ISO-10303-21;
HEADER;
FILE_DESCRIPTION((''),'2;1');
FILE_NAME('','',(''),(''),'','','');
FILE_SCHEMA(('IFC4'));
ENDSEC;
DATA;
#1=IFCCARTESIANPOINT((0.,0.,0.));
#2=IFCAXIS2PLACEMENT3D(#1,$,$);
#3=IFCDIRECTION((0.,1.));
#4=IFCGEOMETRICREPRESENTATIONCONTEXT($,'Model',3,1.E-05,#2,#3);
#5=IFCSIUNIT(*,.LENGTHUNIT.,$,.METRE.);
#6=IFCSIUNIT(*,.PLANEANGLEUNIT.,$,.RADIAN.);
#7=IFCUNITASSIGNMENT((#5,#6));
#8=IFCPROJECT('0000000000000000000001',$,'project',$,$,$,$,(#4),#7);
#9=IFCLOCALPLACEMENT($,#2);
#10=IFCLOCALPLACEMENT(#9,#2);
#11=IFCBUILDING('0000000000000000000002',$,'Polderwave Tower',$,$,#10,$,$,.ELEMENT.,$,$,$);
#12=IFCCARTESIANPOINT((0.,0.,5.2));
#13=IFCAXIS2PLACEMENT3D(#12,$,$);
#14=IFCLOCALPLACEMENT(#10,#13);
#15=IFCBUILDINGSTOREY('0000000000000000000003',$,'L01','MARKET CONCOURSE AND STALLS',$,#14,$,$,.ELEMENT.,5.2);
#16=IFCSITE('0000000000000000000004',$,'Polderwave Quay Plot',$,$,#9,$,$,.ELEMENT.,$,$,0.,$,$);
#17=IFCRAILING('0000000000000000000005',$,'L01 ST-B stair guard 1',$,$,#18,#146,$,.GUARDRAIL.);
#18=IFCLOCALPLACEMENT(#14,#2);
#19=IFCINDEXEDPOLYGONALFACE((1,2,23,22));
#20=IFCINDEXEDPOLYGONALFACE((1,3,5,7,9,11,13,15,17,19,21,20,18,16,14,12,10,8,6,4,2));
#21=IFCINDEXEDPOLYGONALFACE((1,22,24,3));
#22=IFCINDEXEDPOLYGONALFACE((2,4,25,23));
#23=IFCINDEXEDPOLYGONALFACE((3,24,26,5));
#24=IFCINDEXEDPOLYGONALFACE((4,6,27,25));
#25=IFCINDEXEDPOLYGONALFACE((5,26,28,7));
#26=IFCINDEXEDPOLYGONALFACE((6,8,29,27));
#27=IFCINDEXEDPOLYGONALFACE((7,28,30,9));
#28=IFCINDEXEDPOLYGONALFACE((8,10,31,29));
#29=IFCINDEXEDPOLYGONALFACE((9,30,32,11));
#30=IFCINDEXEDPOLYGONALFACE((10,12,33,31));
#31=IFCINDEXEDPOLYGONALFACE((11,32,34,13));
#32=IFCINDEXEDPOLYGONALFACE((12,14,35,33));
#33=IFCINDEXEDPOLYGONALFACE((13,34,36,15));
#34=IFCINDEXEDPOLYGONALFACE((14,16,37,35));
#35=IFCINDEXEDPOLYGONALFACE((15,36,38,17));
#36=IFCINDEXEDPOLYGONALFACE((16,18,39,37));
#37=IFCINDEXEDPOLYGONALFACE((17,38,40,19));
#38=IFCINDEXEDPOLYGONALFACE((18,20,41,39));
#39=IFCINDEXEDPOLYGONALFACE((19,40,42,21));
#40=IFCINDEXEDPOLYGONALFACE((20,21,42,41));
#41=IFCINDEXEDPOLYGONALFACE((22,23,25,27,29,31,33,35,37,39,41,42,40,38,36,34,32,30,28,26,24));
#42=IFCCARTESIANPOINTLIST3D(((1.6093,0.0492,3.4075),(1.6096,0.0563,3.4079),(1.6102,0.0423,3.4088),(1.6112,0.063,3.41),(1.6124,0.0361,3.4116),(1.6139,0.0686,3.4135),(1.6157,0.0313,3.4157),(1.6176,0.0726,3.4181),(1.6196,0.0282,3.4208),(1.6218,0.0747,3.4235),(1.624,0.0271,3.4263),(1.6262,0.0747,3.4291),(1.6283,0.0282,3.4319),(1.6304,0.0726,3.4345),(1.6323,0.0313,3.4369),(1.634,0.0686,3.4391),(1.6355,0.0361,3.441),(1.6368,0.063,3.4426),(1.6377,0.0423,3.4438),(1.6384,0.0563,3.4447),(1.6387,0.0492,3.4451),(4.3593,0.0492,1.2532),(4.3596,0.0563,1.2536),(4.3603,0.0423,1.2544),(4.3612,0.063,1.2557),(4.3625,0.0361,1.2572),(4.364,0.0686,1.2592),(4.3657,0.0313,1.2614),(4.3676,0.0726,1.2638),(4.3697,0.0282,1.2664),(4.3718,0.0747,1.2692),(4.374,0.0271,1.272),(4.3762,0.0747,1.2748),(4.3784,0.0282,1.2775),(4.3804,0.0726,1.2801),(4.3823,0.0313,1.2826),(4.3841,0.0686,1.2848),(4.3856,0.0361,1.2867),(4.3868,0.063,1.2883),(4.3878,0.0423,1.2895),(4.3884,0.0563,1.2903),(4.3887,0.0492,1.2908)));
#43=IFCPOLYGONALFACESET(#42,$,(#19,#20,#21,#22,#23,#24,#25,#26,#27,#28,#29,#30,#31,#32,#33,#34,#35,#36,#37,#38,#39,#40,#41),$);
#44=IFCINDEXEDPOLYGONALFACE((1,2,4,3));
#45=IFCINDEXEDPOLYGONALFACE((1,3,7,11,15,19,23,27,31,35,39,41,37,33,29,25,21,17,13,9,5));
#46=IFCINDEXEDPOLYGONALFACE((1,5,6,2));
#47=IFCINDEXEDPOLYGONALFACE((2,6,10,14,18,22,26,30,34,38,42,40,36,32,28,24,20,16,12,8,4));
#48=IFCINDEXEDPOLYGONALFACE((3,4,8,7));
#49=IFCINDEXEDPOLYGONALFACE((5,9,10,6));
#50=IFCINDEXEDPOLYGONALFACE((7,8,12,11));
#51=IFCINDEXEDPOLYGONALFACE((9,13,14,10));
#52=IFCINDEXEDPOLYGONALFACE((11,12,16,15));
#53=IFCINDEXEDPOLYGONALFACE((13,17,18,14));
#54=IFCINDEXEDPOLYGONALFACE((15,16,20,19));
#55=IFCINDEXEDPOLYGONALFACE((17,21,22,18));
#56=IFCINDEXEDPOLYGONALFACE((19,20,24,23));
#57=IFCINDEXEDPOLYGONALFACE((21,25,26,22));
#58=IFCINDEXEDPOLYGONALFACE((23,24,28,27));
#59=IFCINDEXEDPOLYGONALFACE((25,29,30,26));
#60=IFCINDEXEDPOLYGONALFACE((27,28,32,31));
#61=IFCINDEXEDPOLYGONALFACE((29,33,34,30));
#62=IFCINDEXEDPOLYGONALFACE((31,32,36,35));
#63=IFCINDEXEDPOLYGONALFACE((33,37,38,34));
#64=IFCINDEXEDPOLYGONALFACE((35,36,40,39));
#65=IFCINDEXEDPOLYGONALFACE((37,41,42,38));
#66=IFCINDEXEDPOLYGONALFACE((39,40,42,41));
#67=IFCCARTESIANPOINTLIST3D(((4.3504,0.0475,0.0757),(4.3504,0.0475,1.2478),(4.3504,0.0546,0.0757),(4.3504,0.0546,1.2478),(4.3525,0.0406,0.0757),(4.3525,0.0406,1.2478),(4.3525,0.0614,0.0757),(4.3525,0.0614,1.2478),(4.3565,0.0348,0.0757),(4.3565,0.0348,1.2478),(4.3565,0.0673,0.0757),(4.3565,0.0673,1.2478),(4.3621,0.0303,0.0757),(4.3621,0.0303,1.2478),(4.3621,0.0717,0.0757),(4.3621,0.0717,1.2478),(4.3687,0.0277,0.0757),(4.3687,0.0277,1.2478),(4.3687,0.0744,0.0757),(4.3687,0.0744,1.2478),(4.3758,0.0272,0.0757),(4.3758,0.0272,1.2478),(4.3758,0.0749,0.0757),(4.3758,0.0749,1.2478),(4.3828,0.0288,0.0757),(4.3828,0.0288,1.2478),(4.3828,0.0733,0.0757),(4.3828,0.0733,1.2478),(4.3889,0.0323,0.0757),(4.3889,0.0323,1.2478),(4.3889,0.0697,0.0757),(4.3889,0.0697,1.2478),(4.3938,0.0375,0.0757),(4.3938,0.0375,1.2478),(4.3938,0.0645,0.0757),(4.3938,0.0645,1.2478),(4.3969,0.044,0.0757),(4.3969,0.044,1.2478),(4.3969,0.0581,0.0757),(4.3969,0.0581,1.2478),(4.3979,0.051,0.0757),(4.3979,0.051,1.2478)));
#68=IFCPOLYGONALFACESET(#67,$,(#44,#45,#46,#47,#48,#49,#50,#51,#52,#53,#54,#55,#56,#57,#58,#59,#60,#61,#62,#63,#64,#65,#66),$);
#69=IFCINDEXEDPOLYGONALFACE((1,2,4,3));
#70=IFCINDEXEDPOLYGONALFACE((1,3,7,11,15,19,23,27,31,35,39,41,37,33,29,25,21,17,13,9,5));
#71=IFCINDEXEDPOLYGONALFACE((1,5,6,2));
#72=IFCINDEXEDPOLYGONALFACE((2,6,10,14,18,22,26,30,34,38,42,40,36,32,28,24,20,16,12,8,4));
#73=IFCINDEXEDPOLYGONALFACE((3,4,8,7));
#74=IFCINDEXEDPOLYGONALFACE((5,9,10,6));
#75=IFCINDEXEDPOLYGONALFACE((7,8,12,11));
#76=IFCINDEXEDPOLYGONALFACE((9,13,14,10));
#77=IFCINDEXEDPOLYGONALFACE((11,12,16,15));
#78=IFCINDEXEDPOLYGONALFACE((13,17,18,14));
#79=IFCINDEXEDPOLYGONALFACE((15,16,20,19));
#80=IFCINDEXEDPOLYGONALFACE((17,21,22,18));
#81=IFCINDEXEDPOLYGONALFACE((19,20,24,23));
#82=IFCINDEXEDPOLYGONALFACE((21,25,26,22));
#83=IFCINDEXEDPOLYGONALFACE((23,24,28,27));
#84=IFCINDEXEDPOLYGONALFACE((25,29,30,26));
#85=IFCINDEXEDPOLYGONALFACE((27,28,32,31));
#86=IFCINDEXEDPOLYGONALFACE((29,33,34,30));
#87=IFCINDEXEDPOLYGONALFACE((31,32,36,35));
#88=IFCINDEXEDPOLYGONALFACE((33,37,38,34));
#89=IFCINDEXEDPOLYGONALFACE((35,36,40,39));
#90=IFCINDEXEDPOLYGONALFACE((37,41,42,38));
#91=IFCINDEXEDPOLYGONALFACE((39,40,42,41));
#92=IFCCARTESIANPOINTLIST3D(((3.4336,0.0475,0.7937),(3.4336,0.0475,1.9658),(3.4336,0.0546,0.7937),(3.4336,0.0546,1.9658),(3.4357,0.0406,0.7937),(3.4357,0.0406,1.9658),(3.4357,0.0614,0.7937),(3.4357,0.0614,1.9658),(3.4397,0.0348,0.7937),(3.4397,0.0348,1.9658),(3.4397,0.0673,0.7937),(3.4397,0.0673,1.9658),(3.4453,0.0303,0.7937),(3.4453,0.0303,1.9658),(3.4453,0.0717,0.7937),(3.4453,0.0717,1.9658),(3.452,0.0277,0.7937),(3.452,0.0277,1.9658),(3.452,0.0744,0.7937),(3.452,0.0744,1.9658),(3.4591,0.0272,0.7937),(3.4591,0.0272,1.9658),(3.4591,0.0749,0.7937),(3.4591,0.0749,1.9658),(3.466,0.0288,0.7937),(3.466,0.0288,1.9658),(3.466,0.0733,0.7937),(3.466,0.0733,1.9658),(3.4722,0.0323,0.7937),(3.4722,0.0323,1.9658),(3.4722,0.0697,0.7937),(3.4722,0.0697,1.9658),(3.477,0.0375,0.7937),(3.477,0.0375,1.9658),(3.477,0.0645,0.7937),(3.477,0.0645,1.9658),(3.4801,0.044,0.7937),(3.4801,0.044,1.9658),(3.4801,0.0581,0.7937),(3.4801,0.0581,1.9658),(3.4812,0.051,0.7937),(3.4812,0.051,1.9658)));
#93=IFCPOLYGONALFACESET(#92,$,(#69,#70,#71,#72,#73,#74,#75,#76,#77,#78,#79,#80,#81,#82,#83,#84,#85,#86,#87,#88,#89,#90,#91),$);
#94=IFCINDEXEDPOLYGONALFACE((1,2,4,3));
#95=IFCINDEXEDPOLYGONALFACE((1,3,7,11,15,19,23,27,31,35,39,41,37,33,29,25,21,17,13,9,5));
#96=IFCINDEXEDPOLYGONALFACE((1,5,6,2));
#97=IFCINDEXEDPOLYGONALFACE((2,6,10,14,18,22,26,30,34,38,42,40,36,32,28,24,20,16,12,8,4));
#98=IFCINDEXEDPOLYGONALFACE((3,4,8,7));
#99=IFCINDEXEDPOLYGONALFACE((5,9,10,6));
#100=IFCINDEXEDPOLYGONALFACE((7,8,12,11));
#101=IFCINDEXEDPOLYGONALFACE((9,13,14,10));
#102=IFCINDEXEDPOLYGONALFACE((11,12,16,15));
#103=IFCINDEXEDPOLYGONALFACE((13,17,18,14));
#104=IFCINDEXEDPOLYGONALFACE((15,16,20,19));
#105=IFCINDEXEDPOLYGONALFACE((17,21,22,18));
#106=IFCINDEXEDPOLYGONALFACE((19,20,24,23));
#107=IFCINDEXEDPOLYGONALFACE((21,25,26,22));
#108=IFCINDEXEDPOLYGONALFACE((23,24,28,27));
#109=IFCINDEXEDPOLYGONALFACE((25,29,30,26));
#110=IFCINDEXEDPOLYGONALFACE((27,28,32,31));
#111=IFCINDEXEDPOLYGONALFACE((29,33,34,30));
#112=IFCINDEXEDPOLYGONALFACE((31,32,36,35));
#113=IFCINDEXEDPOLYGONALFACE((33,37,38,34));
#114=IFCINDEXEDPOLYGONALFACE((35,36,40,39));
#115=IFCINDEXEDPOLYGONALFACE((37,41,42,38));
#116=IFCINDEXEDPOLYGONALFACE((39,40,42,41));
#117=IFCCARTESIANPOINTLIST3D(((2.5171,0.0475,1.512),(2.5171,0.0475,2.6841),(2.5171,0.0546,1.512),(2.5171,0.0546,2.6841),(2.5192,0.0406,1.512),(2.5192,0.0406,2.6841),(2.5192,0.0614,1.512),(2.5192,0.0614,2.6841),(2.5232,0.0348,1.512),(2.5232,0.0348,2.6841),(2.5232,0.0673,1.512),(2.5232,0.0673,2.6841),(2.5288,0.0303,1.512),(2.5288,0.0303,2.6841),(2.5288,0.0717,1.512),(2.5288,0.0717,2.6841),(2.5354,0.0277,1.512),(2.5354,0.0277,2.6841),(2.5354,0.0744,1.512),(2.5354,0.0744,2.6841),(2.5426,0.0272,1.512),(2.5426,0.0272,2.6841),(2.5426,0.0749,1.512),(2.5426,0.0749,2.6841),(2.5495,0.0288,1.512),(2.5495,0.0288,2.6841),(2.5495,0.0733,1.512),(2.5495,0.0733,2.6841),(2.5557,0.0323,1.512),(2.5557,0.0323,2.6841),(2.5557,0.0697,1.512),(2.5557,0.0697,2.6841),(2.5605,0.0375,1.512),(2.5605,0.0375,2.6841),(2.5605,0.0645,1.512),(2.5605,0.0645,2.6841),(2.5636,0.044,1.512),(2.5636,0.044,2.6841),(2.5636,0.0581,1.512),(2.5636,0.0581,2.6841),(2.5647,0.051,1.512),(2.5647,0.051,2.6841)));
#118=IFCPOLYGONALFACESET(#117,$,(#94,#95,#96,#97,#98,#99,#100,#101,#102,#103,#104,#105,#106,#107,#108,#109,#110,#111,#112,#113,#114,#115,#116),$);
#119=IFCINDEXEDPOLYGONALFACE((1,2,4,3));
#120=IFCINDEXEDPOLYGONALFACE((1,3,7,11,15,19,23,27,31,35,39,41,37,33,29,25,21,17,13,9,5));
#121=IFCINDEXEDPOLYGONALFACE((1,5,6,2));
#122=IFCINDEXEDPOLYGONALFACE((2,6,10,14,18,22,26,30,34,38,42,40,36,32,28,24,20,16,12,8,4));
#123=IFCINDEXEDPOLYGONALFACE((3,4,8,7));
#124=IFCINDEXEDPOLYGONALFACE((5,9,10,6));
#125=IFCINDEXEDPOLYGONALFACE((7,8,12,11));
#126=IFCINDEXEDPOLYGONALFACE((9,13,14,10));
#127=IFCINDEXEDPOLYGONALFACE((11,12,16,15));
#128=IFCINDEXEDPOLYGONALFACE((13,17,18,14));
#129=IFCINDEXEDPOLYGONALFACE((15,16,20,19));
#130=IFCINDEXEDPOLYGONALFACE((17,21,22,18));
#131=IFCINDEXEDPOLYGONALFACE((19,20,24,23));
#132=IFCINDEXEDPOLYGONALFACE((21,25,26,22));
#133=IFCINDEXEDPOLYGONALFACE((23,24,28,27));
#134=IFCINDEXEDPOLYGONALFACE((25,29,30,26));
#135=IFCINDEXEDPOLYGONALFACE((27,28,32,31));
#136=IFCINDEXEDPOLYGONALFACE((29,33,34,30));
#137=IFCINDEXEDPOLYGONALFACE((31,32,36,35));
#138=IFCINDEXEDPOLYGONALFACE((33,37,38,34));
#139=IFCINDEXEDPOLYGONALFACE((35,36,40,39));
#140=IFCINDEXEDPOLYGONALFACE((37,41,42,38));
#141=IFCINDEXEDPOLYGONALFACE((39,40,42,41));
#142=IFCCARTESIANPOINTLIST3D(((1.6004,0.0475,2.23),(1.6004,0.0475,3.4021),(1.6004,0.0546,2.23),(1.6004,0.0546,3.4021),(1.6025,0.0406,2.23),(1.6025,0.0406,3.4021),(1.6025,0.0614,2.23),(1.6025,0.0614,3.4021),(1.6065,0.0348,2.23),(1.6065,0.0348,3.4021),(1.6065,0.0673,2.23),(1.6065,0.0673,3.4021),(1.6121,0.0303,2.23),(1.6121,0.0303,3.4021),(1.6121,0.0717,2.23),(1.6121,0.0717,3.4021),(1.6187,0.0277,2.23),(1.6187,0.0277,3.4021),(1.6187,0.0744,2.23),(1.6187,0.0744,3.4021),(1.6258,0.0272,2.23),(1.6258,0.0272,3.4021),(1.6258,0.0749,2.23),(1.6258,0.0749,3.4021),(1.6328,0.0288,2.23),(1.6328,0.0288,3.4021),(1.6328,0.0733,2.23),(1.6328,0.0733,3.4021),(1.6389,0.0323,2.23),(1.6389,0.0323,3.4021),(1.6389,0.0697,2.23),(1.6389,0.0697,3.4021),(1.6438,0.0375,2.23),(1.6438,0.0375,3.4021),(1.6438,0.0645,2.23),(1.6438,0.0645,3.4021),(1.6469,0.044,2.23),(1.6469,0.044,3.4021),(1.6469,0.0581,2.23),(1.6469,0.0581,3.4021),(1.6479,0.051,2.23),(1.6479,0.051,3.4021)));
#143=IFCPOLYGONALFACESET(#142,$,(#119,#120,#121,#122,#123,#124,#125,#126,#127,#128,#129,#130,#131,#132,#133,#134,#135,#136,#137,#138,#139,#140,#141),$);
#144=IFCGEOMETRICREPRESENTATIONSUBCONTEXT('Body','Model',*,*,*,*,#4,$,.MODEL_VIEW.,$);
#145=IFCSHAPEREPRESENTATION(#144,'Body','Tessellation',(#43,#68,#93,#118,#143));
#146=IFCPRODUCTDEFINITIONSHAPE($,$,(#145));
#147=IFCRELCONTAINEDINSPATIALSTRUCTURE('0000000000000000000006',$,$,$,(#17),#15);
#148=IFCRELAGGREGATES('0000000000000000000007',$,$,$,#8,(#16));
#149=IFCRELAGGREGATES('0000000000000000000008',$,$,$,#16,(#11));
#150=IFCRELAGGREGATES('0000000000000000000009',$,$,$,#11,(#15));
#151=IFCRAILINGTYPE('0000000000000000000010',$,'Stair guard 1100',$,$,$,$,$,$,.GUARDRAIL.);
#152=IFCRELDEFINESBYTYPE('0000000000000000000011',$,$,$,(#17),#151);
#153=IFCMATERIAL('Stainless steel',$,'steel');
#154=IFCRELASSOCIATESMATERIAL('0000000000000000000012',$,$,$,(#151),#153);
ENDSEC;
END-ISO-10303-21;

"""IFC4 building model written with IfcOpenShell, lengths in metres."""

from ifc_helpers import new_model, si_unit, direction, frame, origin, origin_2d, place, context, subcontext, project, spatial, circle, extrude, material, type_object, element, save


model = new_model("IFC4")

# Units and contexts
model_context = context("Model", 3, precision=1e-05, world=origin(), true_north=direction((0.0, 1.0)))
body_context = subcontext(model_context, "Body", "Model", "MODEL_VIEW")
ifc_project = project(units=[si_unit("LENGTHUNIT", "METRE"), si_unit("PLANEANGLEUNIT", "RADIAN")], contexts=[model_context])

# Site, building, storey
site_placement = place(None, origin())
site = spatial("IfcSite", under=ifc_project, at=site_placement, Name="Polderwave Quay Plot", CompositionType="ELEMENT", RefElevation=0.0)
building_placement = place(site_placement, origin())
building = spatial("IfcBuilding", under=site, at=building_placement, Name="Polderwave Tower", CompositionType="ELEMENT")
storey_placement = place(building_placement, frame((0.0, 0.0, 5.2)))
storey = spatial("IfcBuildingStorey", under=building, at=storey_placement, Name="L01", Description="MARKET CONCOURSE AND STALLS", CompositionType="ELEMENT", Elevation=5.2)

# Railing
ifc_material_1 = material(Name="Stainless steel", Category="steel")
railing_type_1 = type_object("IfcRailingType", Name="Stair guard 1100", PredefinedType="GUARDRAIL", material=ifc_material_1)
railing_1_placement = place(storey_placement, frame((4.374, 0.051, 0.0757)))
element("IfcRailing", 1, at=railing_1_placement, inside=storey, type_object=railing_type_1, Name="L01 ST-B stair guard 1", PredefinedType="GUARDRAIL", context=body_context, shape_type="SweptSolid", body=[
    extrude(circle(Radius=0.0239, at=origin_2d()), frame((0.0, 0.0, 1.1963), z_axis=(-0.78721, 0.0, 0.616685), x_axis=(0.0, -1.0, 0.0)), (0.0, 0.0, 1.0), 3.4934),
    extrude(circle(Radius=0.0239, at=origin_2d()), origin(), (0.0, 0.0, 1.0), 1.1721),
    extrude(circle(Radius=0.0239, at=origin_2d()), frame((-0.9167, 0.0, 0.718)), (0.0, 0.0, 1.0), 1.1721),
    extrude(circle(Radius=0.0239, at=origin_2d()), frame((-1.8333, 0.0, 1.4363)), (0.0, 0.0, 1.0), 1.1721),
    extrude(circle(Radius=0.0239, at=origin_2d()), frame((-2.75, 0.0, 2.1543)), (0.0, 0.0, 1.0), 1.1721),
])

save(model, "model.ifc")
